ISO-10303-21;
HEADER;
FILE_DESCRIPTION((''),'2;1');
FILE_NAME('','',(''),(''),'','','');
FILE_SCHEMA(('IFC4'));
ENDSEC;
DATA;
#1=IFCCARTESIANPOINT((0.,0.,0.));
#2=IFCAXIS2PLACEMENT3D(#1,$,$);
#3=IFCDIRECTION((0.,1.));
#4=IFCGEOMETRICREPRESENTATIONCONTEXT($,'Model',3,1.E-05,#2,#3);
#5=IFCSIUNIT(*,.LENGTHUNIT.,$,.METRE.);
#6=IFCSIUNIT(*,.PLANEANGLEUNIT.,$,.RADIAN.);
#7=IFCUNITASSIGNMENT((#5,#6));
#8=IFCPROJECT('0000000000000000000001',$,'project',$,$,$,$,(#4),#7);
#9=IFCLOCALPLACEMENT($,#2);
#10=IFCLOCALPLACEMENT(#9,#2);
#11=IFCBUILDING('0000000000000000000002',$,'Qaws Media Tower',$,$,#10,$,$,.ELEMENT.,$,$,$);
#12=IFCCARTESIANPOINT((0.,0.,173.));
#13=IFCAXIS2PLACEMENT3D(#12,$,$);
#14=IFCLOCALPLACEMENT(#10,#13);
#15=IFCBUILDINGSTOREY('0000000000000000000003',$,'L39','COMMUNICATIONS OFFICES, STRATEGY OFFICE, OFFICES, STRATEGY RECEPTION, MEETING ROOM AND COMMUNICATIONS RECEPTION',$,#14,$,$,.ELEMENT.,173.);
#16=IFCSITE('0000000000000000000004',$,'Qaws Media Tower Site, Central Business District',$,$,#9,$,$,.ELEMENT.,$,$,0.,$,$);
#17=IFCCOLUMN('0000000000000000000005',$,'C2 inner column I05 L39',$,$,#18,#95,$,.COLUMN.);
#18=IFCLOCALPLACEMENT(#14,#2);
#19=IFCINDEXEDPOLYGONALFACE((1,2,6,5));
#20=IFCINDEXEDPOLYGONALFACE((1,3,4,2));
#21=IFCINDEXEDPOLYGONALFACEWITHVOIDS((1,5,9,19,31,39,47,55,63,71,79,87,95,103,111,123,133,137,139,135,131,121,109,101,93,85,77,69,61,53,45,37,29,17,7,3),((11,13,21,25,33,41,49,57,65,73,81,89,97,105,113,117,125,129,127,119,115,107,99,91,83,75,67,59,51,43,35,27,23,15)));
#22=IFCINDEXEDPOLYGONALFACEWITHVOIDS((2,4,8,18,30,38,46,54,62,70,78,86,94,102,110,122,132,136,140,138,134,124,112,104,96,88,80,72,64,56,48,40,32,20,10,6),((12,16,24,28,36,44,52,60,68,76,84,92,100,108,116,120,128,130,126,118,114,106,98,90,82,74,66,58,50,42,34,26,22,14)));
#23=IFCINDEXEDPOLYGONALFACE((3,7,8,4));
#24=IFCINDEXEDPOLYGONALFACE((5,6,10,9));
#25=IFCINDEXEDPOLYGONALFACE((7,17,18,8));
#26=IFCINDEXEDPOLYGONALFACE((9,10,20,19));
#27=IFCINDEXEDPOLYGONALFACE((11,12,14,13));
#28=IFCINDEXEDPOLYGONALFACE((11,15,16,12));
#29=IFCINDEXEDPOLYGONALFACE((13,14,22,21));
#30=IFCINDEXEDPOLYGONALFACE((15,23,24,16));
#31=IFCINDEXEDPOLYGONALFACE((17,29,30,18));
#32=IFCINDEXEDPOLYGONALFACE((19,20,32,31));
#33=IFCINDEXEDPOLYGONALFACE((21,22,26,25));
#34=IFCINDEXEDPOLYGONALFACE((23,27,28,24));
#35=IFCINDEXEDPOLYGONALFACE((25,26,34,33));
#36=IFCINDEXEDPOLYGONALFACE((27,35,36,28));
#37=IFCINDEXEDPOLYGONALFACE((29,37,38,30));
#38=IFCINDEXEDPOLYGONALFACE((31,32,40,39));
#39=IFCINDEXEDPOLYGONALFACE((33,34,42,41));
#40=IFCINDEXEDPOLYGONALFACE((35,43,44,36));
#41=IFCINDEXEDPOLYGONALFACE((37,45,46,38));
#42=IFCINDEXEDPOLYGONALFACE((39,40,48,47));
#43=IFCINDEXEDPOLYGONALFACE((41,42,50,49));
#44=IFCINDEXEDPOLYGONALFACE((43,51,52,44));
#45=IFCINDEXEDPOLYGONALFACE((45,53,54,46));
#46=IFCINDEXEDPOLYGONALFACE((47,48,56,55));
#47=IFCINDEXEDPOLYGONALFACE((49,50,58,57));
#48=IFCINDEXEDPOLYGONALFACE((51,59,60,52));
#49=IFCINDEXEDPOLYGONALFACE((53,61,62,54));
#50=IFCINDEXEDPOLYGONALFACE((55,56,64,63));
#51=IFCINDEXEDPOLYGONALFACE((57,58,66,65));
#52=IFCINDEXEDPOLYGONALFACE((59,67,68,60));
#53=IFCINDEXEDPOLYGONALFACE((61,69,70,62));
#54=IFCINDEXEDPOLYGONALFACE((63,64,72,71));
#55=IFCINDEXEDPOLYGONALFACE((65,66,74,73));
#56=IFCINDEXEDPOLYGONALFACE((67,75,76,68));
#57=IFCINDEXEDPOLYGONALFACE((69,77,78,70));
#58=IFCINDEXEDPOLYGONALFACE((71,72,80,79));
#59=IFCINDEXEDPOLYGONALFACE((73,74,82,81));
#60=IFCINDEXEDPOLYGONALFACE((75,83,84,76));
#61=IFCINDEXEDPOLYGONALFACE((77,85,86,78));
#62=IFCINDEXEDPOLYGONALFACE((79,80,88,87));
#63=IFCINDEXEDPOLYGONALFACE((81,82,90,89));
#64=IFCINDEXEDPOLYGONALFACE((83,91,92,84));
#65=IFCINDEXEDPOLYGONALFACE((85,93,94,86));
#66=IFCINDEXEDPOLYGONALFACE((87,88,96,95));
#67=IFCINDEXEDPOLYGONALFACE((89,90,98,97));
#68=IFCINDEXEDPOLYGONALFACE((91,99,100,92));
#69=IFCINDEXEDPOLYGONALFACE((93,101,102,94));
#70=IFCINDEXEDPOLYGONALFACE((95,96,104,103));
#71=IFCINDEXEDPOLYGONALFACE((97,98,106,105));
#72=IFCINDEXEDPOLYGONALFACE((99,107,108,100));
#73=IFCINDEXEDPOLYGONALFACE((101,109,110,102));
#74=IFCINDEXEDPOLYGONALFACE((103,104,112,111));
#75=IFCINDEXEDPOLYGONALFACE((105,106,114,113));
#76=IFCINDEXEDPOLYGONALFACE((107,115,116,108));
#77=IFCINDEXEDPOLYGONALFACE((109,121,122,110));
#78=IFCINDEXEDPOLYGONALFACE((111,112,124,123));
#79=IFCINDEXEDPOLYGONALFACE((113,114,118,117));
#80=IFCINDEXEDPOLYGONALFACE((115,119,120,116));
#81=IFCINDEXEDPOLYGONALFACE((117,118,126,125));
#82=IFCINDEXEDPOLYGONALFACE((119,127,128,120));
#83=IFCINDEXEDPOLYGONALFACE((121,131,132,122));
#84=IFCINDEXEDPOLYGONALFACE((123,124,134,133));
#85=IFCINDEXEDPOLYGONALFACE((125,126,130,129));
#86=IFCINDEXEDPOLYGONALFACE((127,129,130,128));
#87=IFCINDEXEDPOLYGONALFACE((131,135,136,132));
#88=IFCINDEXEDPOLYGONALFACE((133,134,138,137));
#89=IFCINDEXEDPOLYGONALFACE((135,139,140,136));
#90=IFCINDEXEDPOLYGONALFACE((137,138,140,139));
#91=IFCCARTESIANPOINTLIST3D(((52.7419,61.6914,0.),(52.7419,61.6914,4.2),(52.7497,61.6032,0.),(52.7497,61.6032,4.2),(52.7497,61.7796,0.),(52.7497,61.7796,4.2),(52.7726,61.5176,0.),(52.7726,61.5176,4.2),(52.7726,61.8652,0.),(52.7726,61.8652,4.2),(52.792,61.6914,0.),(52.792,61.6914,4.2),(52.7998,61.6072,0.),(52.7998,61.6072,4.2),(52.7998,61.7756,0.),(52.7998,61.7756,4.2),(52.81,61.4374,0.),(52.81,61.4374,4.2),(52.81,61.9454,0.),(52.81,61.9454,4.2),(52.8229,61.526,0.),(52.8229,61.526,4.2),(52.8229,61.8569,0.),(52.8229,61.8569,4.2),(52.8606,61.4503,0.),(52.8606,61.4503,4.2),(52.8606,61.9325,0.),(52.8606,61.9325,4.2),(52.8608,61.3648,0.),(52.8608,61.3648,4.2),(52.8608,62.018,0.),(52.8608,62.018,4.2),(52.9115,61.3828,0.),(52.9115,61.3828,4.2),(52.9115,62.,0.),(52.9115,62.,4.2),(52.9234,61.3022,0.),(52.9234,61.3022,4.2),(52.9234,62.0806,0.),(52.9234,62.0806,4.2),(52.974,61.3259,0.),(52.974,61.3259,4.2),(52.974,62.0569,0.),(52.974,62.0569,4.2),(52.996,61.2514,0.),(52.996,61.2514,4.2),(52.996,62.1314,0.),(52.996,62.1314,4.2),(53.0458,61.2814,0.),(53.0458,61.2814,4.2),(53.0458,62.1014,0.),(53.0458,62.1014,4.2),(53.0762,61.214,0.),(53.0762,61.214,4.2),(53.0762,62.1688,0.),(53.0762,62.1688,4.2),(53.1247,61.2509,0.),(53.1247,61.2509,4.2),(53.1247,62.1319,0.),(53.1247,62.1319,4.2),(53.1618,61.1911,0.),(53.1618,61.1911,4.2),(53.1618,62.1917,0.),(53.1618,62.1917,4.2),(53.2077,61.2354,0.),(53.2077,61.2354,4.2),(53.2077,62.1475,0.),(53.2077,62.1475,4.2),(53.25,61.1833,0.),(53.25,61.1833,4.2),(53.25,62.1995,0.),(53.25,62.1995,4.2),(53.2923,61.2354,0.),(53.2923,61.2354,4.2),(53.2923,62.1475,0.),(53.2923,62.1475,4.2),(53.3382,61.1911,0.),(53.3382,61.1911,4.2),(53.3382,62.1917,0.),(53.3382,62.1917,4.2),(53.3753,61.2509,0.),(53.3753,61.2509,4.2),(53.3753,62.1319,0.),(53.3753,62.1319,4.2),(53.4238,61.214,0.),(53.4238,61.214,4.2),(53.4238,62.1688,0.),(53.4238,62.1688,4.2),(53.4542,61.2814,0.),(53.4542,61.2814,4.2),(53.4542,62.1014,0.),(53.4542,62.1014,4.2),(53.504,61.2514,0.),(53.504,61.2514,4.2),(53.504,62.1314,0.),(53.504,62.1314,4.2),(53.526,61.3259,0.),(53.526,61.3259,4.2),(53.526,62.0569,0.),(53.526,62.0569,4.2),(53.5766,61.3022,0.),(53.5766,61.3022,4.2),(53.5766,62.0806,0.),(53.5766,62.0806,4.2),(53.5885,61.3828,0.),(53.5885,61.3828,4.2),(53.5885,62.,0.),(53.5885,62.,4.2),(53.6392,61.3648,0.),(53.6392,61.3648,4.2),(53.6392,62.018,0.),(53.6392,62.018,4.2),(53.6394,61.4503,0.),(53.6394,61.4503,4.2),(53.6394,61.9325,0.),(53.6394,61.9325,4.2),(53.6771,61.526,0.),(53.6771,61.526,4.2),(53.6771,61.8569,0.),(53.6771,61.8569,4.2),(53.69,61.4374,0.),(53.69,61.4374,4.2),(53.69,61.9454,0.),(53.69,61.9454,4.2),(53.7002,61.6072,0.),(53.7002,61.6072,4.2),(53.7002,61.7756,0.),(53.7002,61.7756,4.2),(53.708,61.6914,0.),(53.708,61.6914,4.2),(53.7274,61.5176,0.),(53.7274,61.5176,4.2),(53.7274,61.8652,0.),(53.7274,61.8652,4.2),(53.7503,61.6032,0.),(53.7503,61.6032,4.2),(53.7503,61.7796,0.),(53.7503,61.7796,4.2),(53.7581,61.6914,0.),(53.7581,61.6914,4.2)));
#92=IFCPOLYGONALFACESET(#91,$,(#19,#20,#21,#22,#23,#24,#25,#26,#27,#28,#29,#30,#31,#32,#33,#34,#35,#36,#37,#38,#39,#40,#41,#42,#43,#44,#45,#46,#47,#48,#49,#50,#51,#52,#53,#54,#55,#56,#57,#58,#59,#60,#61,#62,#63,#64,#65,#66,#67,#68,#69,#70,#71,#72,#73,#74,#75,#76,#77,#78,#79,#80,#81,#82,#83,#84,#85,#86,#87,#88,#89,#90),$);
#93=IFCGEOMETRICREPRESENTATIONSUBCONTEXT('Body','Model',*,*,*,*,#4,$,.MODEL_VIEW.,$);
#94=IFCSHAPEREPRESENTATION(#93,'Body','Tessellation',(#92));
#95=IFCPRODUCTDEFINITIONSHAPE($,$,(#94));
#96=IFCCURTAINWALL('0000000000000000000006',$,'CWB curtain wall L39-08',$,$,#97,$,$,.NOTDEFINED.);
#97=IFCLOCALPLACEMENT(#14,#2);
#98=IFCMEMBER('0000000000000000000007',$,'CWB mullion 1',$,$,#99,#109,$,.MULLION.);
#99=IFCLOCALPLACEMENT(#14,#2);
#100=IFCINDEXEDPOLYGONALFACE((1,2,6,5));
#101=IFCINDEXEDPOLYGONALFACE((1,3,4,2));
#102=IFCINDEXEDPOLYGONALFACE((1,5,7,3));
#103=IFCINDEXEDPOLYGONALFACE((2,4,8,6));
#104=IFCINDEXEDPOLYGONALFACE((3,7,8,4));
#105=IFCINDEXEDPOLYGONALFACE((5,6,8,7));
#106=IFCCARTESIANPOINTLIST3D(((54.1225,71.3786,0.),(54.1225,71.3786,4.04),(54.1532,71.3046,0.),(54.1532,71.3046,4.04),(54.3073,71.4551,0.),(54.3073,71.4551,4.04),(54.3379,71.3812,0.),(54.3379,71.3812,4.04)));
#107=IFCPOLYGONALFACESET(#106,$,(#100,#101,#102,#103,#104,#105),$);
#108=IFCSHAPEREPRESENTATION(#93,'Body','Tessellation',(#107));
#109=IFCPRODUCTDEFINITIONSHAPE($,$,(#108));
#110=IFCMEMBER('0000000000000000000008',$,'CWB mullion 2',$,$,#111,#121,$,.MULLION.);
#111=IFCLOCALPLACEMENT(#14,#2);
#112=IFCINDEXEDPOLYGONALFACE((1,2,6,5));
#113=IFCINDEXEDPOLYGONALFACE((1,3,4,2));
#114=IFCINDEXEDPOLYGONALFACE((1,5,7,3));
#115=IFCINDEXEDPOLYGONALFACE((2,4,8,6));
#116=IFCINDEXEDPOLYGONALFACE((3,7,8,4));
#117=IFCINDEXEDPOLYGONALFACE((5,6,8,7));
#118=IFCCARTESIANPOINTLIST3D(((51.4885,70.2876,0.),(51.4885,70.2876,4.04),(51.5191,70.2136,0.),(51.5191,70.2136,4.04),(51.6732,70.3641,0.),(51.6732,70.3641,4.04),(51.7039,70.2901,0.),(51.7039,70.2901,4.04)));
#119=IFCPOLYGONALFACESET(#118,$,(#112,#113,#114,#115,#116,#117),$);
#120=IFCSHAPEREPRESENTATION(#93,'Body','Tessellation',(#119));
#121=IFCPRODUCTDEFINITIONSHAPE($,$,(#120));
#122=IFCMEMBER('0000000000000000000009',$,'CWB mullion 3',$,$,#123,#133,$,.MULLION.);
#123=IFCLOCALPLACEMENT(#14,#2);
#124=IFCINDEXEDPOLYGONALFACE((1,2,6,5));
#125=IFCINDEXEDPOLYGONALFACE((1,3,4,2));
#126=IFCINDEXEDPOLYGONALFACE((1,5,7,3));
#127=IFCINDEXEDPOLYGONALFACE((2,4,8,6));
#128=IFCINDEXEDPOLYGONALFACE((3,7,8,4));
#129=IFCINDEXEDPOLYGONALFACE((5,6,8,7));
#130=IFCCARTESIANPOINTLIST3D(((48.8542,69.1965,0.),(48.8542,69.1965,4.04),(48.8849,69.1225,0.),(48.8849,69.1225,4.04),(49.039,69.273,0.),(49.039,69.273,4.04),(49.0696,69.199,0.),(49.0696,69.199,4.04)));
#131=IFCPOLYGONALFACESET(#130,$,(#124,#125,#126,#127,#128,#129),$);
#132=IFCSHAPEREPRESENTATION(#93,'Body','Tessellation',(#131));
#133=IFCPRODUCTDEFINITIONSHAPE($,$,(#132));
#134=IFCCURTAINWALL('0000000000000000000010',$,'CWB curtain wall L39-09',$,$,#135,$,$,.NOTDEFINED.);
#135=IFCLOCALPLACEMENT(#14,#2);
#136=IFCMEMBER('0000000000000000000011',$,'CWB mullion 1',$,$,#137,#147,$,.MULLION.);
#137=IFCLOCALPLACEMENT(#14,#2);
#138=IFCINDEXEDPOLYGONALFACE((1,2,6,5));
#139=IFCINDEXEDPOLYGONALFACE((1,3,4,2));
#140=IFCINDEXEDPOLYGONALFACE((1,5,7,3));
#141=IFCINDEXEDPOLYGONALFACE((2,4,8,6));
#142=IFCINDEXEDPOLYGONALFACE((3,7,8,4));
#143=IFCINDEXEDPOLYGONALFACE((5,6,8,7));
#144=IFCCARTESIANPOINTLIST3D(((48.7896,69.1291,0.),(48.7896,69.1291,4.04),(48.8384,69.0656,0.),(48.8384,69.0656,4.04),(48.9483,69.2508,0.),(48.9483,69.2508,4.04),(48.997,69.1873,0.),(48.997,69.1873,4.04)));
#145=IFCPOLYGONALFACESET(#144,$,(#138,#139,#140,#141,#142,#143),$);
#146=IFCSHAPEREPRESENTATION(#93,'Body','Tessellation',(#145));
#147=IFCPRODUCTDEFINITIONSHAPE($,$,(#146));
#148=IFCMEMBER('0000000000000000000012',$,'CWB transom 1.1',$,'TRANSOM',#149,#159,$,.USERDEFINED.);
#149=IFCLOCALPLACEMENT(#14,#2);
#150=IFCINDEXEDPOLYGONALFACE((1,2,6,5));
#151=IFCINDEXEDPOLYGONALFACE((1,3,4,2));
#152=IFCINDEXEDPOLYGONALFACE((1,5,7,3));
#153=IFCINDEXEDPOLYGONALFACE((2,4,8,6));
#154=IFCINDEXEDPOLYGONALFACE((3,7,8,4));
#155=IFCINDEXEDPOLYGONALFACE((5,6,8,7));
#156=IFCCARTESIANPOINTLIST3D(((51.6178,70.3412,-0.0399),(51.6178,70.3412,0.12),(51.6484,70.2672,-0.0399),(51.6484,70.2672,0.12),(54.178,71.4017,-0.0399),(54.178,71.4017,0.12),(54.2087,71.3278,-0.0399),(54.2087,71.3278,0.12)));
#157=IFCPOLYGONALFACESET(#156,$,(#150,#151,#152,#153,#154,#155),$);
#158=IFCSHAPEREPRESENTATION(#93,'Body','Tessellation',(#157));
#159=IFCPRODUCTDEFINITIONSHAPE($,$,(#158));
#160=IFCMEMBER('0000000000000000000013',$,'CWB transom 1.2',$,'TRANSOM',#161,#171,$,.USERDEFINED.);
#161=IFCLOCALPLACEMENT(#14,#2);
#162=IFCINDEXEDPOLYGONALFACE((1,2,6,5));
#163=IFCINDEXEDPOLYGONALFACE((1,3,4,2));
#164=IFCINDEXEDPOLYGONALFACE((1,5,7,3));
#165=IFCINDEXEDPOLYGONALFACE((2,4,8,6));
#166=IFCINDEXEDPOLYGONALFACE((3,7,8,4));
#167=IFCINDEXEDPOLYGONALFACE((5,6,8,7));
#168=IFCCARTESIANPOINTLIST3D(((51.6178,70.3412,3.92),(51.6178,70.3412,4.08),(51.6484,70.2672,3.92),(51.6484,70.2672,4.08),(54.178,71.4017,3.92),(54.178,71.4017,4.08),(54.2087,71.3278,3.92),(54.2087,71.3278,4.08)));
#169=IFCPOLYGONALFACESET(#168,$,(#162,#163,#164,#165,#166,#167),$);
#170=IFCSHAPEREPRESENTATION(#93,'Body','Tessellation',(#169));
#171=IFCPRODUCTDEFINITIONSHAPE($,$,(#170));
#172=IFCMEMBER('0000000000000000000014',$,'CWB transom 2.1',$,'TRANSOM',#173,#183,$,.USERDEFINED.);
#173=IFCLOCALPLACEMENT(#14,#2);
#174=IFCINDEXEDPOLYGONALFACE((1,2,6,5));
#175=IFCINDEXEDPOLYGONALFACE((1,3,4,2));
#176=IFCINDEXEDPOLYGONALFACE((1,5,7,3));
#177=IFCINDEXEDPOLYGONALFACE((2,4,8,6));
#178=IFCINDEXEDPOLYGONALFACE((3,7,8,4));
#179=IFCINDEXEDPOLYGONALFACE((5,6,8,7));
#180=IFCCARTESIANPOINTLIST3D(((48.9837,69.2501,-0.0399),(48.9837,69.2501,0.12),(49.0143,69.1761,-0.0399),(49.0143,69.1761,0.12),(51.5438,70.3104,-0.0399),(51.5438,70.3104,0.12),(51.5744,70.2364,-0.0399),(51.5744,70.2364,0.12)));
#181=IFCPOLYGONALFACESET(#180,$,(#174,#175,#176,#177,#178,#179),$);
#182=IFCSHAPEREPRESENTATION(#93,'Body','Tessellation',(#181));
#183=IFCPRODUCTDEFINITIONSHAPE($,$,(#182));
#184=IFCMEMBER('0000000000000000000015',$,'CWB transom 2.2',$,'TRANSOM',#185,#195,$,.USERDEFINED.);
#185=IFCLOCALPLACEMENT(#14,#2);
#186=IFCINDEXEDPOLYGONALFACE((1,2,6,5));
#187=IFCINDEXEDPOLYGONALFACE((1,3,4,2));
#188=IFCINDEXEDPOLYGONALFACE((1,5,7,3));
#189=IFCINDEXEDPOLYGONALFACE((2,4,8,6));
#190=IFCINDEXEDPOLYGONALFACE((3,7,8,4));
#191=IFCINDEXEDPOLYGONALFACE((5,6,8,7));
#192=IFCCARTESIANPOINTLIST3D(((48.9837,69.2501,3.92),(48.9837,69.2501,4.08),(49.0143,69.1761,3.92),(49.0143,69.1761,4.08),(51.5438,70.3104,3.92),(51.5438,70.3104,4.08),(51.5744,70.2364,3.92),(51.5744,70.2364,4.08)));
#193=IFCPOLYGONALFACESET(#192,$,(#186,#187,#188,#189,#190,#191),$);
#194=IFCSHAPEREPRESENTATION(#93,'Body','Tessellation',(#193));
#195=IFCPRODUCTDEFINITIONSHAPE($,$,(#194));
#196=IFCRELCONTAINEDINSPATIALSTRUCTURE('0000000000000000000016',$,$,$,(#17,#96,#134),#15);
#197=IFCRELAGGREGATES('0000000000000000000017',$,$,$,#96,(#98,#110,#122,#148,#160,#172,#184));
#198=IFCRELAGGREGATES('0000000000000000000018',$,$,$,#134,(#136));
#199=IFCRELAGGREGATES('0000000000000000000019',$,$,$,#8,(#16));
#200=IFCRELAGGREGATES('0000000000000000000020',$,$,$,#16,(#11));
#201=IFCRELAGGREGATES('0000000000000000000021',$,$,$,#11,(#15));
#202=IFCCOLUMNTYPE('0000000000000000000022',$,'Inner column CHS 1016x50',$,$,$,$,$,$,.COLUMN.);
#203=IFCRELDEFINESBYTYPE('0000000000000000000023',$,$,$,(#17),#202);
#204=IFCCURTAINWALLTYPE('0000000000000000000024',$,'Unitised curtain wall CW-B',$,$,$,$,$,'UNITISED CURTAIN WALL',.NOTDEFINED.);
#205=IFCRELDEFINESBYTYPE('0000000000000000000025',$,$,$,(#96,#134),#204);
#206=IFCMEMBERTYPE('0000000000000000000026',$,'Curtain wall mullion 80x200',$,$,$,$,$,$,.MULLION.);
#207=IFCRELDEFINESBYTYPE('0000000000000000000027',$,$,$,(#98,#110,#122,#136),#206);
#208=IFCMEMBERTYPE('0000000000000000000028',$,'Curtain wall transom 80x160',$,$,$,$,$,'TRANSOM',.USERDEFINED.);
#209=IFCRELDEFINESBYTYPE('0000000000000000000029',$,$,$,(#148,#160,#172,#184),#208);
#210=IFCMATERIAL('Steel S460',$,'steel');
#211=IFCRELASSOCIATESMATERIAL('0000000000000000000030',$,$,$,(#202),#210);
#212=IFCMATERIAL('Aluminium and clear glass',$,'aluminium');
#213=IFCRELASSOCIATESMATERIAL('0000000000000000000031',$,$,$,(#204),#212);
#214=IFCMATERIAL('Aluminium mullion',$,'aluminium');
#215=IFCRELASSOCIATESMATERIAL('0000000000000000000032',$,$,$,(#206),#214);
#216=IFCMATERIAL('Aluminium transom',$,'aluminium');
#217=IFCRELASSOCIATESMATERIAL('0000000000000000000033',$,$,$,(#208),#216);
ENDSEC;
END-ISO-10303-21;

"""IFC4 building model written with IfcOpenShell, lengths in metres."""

from ifc_helpers import new_model, si_unit, direction, frame, origin, origin_2d, place, context, subcontext, project, spatial, rectangle, hollow_circle, extrude, material, material_profile, profile_set, type_object, element, aggregate, save


model = new_model("IFC4")

# Units and contexts
model_context = context("Model", 3, precision=1e-05, world=origin(), true_north=direction((0.0, 1.0)))
body_context = subcontext(model_context, "Body", "Model", "MODEL_VIEW")
ifc_project = project(units=[si_unit("LENGTHUNIT", "METRE"), si_unit("PLANEANGLEUNIT", "RADIAN")], contexts=[model_context])

# Site, building, storey
site_placement = place(None, origin())
site = spatial("IfcSite", under=ifc_project, at=site_placement, Name="Qaws Media Tower Site, Central Business District", CompositionType="ELEMENT", RefElevation=0.0)
building_placement = place(site_placement, origin())
building = spatial("IfcBuilding", under=site, at=building_placement, Name="Qaws Media Tower", CompositionType="ELEMENT")
storey_placement = place(building_placement, frame((0.0, 0.0, 173.0)))
storey = spatial("IfcBuildingStorey", under=building, at=storey_placement, Name="L39", Description="COMMUNICATIONS OFFICES, STRATEGY OFFICE, OFFICES, STRATEGY RECEPTION, MEETING ROOM AND COMMUNICATIONS RECEPTION", CompositionType="ELEMENT", Elevation=173.0)

# Column
ifc_material_1 = material(Name="Steel S460", Category="steel")
ifc_material_profile_1 = material_profile(ifc_material_1, hollow_circle(Radius=0.5081, WallThickness=0.05, at=origin_2d()), Name="CHS 1016x50")
ifc_profile_set_1 = profile_set([ifc_material_profile_1], Name="Steel S460")
column_type = type_object("IfcColumnType", Name="Inner column CHS 1016x50", PredefinedType="COLUMN", material=ifc_profile_set_1)
column_placement = place(storey_placement, frame((53.25, 61.6914, 0.0), z_axis=(0.0, 0.0, 1.0), x_axis=(1.0, 0.0, 0.0)))
element("IfcColumn", 1, at=column_placement, inside=storey, type_object=column_type, Name="C2 inner column I05 L39", PredefinedType="COLUMN", context=body_context, shape_type="SweptSolid", body=[
    extrude(hollow_circle(Radius=0.5081, WallThickness=0.05, at=origin_2d()), origin(), (0.0, 0.0, 1.0), 4.2),
])

# Curtain wall, members
ifc_material_2 = material(Name="Aluminium and clear glass", Category="aluminium")
curtain_wall_type = type_object("IfcCurtainWallType", Name="Unitised curtain wall CW-B", ElementType="UNITISED CURTAIN WALL", PredefinedType="NOTDEFINED", material=ifc_material_2)
curtain_wall_1_placement = place(storey_placement, origin())
curtain_wall_1 = element("IfcCurtainWall", 2, at=curtain_wall_1_placement, inside=storey, type_object=curtain_wall_type, Name="CWB curtain wall L39-08", PredefinedType="NOTDEFINED")
ifc_material_3 = material(Name="Aluminium mullion", Category="aluminium")
ifc_material_profile_2 = material_profile(ifc_material_3, rectangle(XDim=0.0801, YDim=0.2, at=origin_2d()), Name="80x200")
ifc_profile_set_2 = profile_set([ifc_material_profile_2], Name="Aluminium mullion")
member_type_1 = type_object("IfcMemberType", Name="Curtain wall mullion 80x200", PredefinedType="MULLION", material=ifc_profile_set_2)
member_1_placement = place(storey_placement, frame((54.2302, 71.3799, 0.0), z_axis=(0.0, 0.0, 1.0), x_axis=(0.382683, -0.92388, 0.0)))
member_1 = element("IfcMember", 3, at=member_1_placement, type_object=member_type_1, Name="CWB mullion 1", PredefinedType="MULLION", context=body_context, shape_type="SweptSolid", body=[
    extrude(rectangle(XDim=0.0801, YDim=0.2, at=origin_2d()), origin(), (0.0, 0.0, 1.0), 4.04),
])
member_2_placement = place(storey_placement, frame((51.5962, 70.2888, 0.0), z_axis=(0.0, 0.0, 1.0), x_axis=(0.382683, -0.92388, 0.0)))
member_2 = element("IfcMember", 4, at=member_2_placement, type_object=member_type_1, Name="CWB mullion 2", PredefinedType="MULLION", context=body_context, shape_type="SweptSolid", body=[
    extrude(rectangle(XDim=0.0801, YDim=0.2, at=origin_2d()), origin(), (0.0, 0.0, 1.0), 4.04),
])
member_3_placement = place(storey_placement, frame((48.9619, 69.1978, 0.0), z_axis=(0.0, 0.0, 1.0), x_axis=(0.382683, -0.92388, 0.0)))
member_3 = element("IfcMember", 5, at=member_3_placement, type_object=member_type_1, Name="CWB mullion 3", PredefinedType="MULLION", context=body_context, shape_type="SweptSolid", body=[
    extrude(rectangle(XDim=0.0801, YDim=0.2, at=origin_2d()), origin(), (0.0, 0.0, 1.0), 4.04),
])

# Curtain wall, member
curtain_wall_2_placement = place(storey_placement, origin())
curtain_wall_2 = element("IfcCurtainWall", 6, at=curtain_wall_2_placement, inside=storey, type_object=curtain_wall_type, Name="CWB curtain wall L39-09", PredefinedType="NOTDEFINED")
member_4_placement = place(storey_placement, frame((48.8933, 69.1582, 0.0), z_axis=(0.0, 0.0, 1.0), x_axis=(0.608762, -0.793353, 0.0)))
member_4 = element("IfcMember", 7, at=member_4_placement, type_object=member_type_1, Name="CWB mullion 1", PredefinedType="MULLION", context=body_context, shape_type="SweptSolid", body=[
    extrude(rectangle(XDim=0.0801, YDim=0.2, at=origin_2d()), origin(), (0.0, 0.0, 1.0), 4.04),
])

# Members
ifc_material_4 = material(Name="Aluminium transom", Category="aluminium")
ifc_material_profile_3 = material_profile(ifc_material_4, rectangle(XDim=0.0801, YDim=0.1599, at=origin_2d()), Name="80x160")
ifc_profile_set_3 = profile_set([ifc_material_profile_3], Name="Aluminium transom")
member_type_2 = type_object("IfcMemberType", Name="Curtain wall transom 80x160", ElementType="TRANSOM", PredefinedType="USERDEFINED", material=ifc_profile_set_3)
member_5_placement = place(storey_placement, frame((54.1934, 71.3647, 0.04), z_axis=(-0.923875, -0.382694, 0.0), x_axis=(0.382694, -0.923875, 0.0)))
member_5 = element("IfcMember", 8, at=member_5_placement, type_object=member_type_2, Name="CWB transom 1.1", ObjectType="TRANSOM", PredefinedType="USERDEFINED", context=body_context, shape_type="SweptSolid", body=[
    extrude(rectangle(XDim=0.0801, YDim=0.1599, at=origin_2d()), origin(), (0.0, 0.0, 1.0), 2.7712),
])
member_6_placement = place(storey_placement, frame((54.1934, 71.3647, 4.0), z_axis=(-0.923875, -0.382694, 0.0), x_axis=(0.382694, -0.923875, 0.0)))
member_6 = element("IfcMember", 9, at=member_6_placement, type_object=member_type_2, Name="CWB transom 1.2", ObjectType="TRANSOM", PredefinedType="USERDEFINED", context=body_context, shape_type="SweptSolid", body=[
    extrude(rectangle(XDim=0.0801, YDim=0.1599, at=origin_2d()), origin(), (0.0, 0.0, 1.0), 2.7712),
])
member_7_placement = place(storey_placement, frame((51.5591, 70.2734, 0.04), z_axis=(-0.923893, -0.38265, 0.0), x_axis=(0.38265, -0.923893, 0.0)))
member_7 = element("IfcMember", 10, at=member_7_placement, type_object=member_type_2, Name="CWB transom 2.1", ObjectType="TRANSOM", PredefinedType="USERDEFINED", context=body_context, shape_type="SweptSolid", body=[
    extrude(rectangle(XDim=0.0801, YDim=0.1599, at=origin_2d()), origin(), (0.0, 0.0, 1.0), 2.771),
])
member_8_placement = place(storey_placement, frame((51.5591, 70.2734, 4.0), z_axis=(-0.923893, -0.38265, 0.0), x_axis=(0.38265, -0.923893, 0.0)))
member_8 = element("IfcMember", 11, at=member_8_placement, type_object=member_type_2, Name="CWB transom 2.2", ObjectType="TRANSOM", PredefinedType="USERDEFINED", context=body_context, shape_type="SweptSolid", body=[
    extrude(rectangle(XDim=0.0801, YDim=0.1599, at=origin_2d()), origin(), (0.0, 0.0, 1.0), 2.771),
])

aggregate(curtain_wall_1, [member_1, member_2, member_3, member_5, member_6, member_7, member_8])
aggregate(curtain_wall_2, [member_4])

save(model, "model.ifc")
